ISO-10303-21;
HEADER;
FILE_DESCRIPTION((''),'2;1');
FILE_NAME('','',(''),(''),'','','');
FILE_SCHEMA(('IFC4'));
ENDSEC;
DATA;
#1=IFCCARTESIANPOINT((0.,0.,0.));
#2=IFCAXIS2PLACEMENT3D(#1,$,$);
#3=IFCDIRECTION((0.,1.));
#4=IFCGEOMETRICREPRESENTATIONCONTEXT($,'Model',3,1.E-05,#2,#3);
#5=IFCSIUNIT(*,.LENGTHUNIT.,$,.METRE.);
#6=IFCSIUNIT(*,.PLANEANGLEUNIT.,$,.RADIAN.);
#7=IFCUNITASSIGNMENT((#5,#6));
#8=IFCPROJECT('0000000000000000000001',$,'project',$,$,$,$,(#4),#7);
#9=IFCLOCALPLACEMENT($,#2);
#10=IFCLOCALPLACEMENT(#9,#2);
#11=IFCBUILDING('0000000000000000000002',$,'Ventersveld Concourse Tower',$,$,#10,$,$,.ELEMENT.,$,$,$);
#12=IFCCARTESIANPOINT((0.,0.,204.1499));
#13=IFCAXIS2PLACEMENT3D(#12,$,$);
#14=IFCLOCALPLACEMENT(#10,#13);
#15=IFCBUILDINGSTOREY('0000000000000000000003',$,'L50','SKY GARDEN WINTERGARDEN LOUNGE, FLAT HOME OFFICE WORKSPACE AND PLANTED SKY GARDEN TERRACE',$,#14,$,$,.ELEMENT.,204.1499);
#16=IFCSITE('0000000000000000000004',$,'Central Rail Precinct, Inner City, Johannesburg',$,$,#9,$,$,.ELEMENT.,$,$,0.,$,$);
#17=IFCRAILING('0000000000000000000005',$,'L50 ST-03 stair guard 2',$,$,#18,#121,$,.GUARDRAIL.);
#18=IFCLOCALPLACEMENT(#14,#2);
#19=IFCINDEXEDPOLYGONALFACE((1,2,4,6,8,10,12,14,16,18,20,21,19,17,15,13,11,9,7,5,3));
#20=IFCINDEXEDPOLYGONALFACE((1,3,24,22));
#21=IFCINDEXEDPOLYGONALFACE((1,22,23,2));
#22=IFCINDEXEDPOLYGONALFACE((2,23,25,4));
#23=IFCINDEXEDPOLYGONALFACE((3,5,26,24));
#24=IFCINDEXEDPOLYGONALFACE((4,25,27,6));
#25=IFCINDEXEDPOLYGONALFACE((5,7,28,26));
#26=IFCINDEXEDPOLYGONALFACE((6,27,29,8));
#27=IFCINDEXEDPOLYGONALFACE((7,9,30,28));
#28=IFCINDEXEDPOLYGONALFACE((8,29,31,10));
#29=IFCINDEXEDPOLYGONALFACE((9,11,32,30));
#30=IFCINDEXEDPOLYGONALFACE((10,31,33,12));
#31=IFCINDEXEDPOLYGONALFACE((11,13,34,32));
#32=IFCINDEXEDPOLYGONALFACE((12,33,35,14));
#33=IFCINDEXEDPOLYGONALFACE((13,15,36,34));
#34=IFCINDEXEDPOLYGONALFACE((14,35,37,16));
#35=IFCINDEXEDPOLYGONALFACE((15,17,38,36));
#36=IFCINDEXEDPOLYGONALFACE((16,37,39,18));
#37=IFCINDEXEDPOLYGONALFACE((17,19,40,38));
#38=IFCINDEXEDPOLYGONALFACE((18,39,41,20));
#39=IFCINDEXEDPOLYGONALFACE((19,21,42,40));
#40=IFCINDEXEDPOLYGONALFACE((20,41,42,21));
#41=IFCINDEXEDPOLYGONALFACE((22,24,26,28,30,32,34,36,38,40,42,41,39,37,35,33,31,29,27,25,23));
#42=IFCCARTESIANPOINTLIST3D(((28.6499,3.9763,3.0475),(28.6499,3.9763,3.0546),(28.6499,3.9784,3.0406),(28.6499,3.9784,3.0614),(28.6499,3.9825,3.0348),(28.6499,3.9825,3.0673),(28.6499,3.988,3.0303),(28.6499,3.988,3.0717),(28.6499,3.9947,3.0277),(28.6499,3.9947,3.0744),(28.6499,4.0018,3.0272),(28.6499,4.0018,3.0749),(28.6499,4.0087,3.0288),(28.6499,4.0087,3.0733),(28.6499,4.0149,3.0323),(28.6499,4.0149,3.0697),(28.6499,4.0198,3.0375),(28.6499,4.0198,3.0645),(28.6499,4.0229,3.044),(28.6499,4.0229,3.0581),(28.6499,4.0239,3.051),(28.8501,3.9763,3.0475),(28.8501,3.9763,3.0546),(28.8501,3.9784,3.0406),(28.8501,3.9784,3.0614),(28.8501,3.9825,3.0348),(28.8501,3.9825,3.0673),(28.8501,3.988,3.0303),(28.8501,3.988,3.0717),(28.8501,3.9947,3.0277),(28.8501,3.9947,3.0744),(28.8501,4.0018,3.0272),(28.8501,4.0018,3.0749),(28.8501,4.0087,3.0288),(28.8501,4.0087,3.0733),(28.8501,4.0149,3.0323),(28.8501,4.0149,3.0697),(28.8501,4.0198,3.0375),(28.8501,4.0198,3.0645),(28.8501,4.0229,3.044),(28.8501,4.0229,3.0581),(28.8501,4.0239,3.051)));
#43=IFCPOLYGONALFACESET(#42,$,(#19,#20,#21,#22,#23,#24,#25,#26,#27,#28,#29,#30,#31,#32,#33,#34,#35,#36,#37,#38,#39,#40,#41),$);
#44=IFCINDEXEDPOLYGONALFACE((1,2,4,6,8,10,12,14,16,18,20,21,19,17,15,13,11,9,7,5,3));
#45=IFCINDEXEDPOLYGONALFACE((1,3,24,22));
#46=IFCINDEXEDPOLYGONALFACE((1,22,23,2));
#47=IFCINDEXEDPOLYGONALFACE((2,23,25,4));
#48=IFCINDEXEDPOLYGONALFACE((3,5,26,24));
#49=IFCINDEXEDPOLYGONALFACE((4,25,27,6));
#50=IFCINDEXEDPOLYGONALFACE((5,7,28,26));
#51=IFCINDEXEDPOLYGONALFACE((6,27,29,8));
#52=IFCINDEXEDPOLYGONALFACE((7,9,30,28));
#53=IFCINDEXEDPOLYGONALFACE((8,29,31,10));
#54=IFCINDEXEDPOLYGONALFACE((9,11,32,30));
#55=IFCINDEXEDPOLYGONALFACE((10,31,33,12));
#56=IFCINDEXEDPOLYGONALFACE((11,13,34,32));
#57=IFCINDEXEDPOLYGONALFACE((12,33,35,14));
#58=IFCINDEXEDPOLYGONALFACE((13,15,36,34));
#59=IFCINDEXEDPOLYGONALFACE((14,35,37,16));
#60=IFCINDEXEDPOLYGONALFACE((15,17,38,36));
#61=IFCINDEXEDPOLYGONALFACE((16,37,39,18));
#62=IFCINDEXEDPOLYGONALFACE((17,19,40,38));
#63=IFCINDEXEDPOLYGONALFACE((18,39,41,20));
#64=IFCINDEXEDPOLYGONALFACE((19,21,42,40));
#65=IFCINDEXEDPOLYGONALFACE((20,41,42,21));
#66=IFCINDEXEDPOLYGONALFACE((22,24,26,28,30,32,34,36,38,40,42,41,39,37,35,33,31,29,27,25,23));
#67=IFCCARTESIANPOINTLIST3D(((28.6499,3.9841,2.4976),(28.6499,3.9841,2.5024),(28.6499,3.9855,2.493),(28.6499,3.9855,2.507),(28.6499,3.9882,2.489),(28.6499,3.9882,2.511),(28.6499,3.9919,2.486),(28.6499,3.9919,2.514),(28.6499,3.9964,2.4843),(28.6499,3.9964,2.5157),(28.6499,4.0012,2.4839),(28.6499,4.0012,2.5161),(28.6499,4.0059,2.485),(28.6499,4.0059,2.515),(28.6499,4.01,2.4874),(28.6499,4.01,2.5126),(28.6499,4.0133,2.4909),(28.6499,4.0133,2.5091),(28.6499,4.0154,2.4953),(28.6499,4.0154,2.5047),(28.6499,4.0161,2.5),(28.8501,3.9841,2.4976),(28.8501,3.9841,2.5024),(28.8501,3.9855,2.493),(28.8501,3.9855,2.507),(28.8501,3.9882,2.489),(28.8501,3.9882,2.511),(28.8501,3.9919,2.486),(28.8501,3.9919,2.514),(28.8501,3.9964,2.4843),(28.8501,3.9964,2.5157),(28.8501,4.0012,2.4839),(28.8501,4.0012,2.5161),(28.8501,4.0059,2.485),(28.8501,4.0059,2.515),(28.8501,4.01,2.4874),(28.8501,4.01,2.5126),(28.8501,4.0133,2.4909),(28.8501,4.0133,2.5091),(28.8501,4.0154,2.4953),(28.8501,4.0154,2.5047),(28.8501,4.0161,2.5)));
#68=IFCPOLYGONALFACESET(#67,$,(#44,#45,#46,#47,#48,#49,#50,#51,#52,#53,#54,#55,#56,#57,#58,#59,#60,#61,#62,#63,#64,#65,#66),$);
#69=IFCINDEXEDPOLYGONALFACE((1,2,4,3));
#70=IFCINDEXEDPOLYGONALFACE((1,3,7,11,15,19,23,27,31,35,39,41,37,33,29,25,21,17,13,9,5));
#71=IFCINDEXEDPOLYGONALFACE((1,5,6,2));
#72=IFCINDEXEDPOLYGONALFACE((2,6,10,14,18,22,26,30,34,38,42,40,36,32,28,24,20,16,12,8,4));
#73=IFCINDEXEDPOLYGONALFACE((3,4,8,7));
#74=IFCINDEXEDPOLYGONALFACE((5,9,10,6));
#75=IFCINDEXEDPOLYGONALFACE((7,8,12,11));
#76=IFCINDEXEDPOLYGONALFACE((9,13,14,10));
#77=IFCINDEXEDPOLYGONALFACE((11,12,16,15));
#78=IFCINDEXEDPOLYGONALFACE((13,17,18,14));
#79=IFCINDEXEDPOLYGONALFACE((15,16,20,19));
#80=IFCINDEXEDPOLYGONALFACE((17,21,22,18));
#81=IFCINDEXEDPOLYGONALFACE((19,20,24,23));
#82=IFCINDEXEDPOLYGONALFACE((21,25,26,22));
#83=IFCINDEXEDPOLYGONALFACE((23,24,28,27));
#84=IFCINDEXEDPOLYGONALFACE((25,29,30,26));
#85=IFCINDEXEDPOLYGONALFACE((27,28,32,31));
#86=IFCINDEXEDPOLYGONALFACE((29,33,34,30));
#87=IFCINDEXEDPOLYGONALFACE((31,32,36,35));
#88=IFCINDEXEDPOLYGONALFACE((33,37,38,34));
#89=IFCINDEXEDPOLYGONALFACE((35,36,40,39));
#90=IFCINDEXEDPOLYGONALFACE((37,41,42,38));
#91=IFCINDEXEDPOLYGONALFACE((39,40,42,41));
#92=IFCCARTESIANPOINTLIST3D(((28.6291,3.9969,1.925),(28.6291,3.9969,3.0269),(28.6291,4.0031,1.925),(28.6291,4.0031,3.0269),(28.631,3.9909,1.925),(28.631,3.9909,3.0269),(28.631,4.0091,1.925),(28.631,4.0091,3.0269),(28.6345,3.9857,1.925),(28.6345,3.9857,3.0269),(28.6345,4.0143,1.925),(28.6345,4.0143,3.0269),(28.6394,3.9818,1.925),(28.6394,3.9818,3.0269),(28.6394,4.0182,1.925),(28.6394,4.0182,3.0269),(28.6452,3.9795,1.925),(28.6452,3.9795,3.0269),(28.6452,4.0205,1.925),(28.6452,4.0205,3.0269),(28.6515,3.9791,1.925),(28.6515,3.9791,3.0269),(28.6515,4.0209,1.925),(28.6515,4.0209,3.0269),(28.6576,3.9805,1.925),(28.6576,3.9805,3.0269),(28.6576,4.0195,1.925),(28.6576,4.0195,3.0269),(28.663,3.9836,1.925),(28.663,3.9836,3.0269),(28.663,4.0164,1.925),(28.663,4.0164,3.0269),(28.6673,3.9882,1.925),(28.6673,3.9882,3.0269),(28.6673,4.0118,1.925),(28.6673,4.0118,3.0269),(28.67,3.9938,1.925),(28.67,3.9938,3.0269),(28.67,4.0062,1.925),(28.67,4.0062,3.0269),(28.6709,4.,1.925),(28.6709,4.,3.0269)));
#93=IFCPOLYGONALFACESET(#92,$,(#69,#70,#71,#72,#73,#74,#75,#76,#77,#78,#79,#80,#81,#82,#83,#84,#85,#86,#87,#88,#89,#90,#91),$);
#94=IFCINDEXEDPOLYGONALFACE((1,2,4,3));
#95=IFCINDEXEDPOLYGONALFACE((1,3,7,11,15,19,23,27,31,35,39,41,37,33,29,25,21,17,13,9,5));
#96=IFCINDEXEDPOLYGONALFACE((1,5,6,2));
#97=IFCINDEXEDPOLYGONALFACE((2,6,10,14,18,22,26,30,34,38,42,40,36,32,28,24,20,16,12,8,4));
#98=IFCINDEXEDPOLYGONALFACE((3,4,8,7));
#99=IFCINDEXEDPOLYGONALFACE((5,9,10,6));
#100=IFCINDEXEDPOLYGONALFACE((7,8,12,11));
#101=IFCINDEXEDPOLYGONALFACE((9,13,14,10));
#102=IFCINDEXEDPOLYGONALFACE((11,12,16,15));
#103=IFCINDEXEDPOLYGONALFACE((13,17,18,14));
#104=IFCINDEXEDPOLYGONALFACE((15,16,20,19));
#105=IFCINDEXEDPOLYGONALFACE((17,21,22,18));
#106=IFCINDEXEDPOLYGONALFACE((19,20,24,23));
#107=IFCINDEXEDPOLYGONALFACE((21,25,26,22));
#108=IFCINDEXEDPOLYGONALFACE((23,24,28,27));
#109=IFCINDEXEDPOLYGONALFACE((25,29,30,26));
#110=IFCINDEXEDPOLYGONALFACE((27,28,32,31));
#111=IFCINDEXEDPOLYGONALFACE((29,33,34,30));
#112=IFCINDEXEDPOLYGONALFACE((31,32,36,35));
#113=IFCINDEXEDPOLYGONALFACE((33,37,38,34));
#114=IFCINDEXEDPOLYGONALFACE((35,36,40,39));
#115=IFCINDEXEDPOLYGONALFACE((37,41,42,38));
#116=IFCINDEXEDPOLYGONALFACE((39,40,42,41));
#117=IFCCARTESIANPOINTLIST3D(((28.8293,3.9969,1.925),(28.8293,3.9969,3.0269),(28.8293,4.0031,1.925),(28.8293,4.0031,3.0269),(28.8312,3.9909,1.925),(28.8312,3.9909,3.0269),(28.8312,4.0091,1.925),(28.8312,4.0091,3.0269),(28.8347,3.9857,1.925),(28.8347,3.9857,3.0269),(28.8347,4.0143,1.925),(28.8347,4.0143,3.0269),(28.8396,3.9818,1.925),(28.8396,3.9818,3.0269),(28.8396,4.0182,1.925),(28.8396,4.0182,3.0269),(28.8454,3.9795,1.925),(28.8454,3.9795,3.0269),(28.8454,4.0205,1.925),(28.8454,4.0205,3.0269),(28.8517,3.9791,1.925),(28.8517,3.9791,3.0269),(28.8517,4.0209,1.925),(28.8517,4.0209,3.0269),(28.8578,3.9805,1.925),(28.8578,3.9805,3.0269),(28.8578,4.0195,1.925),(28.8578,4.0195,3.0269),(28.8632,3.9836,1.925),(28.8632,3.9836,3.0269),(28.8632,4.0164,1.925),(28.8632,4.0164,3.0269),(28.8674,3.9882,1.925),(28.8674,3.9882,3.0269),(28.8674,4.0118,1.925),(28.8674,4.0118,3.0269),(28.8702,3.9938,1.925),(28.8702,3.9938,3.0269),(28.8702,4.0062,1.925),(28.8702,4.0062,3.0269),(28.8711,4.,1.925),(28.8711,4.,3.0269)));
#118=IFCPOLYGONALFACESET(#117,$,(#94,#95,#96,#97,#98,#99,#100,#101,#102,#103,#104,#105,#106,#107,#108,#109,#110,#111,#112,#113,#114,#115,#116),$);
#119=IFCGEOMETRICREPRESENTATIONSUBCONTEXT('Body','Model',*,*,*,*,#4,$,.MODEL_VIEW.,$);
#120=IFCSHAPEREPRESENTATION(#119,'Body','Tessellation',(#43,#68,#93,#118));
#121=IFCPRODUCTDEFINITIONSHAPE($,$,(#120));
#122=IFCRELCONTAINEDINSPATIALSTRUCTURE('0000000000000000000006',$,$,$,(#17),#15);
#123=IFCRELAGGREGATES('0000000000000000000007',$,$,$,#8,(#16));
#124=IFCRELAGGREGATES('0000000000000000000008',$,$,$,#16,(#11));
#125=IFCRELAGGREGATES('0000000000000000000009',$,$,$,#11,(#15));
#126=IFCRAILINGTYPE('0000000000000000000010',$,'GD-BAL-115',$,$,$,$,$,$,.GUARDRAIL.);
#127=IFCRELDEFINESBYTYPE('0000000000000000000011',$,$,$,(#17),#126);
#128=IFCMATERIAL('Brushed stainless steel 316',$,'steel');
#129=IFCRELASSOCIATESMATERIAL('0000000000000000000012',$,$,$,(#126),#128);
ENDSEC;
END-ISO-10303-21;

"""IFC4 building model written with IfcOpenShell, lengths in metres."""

from ifc_helpers import new_model, si_unit, direction, frame, origin, origin_2d, place, context, subcontext, project, spatial, circle, extrude, material, type_object, element, save


model = new_model("IFC4")

# Units and contexts
model_context = context("Model", 3, precision=1e-05, world=origin(), true_north=direction((0.0, 1.0)))
body_context = subcontext(model_context, "Body", "Model", "MODEL_VIEW")
ifc_project = project(units=[si_unit("LENGTHUNIT", "METRE"), si_unit("PLANEANGLEUNIT", "RADIAN")], contexts=[model_context])

# Site, building, storey
site_placement = place(None, origin())
site = spatial("IfcSite", under=ifc_project, at=site_placement, Name="Central Rail Precinct, Inner City, Johannesburg", CompositionType="ELEMENT", RefElevation=0.0)
building_placement = place(site_placement, origin())
building = spatial("IfcBuilding", under=site, at=building_placement, Name="Ventersveld Concourse Tower", CompositionType="ELEMENT")
storey_placement = place(building_placement, frame((0.0, 0.0, 204.1499)))
storey = spatial("IfcBuildingStorey", under=building, at=storey_placement, Name="L50", Description="SKY GARDEN WINTERGARDEN LOUNGE, FLAT HOME OFFICE WORKSPACE AND PLANTED SKY GARDEN TERRACE", CompositionType="ELEMENT", Elevation=204.1499)

# Shared definitions
ifc_material_1 = material(Name="Brushed stainless steel 316", Category="steel")

# Railing
railing_type = type_object("IfcRailingType", Name="GD-BAL-115", PredefinedType="GUARDRAIL", material=ifc_material_1)
railing_1_placement = place(storey_placement, frame((28.6499, 4.0, 1.925)))
element("IfcRailing", 1, at=railing_1_placement, inside=storey, type_object=railing_type, Name="L50 ST-03 stair guard 2", PredefinedType="GUARDRAIL", context=body_context, shape_type="SweptSolid", body=[
    extrude(circle(Radius=0.0239, at=origin_2d()), frame((0.0, 0.0, 1.126), z_axis=(1.0, 0.0, 0.0), x_axis=(0.0, 1.0, 0.0)), (0.0, 0.0, 1.0), 0.2002),
    extrude(circle(Radius=0.0161, at=origin_2d()), frame((0.0, 0.0, 0.575), z_axis=(1.0, 0.0, 0.0), x_axis=(0.0, 1.0, 0.0)), (0.0, 0.0, 1.0), 0.2002),
    extrude(circle(Radius=0.021, at=origin_2d()), origin(), (0.0, 0.0, 1.0), 1.1018),
    extrude(circle(Radius=0.021, at=origin_2d()), frame((0.2002, 0.0, 0.0)), (0.0, 0.0, 1.0), 1.1018),
])

save(model, "model.ifc")
